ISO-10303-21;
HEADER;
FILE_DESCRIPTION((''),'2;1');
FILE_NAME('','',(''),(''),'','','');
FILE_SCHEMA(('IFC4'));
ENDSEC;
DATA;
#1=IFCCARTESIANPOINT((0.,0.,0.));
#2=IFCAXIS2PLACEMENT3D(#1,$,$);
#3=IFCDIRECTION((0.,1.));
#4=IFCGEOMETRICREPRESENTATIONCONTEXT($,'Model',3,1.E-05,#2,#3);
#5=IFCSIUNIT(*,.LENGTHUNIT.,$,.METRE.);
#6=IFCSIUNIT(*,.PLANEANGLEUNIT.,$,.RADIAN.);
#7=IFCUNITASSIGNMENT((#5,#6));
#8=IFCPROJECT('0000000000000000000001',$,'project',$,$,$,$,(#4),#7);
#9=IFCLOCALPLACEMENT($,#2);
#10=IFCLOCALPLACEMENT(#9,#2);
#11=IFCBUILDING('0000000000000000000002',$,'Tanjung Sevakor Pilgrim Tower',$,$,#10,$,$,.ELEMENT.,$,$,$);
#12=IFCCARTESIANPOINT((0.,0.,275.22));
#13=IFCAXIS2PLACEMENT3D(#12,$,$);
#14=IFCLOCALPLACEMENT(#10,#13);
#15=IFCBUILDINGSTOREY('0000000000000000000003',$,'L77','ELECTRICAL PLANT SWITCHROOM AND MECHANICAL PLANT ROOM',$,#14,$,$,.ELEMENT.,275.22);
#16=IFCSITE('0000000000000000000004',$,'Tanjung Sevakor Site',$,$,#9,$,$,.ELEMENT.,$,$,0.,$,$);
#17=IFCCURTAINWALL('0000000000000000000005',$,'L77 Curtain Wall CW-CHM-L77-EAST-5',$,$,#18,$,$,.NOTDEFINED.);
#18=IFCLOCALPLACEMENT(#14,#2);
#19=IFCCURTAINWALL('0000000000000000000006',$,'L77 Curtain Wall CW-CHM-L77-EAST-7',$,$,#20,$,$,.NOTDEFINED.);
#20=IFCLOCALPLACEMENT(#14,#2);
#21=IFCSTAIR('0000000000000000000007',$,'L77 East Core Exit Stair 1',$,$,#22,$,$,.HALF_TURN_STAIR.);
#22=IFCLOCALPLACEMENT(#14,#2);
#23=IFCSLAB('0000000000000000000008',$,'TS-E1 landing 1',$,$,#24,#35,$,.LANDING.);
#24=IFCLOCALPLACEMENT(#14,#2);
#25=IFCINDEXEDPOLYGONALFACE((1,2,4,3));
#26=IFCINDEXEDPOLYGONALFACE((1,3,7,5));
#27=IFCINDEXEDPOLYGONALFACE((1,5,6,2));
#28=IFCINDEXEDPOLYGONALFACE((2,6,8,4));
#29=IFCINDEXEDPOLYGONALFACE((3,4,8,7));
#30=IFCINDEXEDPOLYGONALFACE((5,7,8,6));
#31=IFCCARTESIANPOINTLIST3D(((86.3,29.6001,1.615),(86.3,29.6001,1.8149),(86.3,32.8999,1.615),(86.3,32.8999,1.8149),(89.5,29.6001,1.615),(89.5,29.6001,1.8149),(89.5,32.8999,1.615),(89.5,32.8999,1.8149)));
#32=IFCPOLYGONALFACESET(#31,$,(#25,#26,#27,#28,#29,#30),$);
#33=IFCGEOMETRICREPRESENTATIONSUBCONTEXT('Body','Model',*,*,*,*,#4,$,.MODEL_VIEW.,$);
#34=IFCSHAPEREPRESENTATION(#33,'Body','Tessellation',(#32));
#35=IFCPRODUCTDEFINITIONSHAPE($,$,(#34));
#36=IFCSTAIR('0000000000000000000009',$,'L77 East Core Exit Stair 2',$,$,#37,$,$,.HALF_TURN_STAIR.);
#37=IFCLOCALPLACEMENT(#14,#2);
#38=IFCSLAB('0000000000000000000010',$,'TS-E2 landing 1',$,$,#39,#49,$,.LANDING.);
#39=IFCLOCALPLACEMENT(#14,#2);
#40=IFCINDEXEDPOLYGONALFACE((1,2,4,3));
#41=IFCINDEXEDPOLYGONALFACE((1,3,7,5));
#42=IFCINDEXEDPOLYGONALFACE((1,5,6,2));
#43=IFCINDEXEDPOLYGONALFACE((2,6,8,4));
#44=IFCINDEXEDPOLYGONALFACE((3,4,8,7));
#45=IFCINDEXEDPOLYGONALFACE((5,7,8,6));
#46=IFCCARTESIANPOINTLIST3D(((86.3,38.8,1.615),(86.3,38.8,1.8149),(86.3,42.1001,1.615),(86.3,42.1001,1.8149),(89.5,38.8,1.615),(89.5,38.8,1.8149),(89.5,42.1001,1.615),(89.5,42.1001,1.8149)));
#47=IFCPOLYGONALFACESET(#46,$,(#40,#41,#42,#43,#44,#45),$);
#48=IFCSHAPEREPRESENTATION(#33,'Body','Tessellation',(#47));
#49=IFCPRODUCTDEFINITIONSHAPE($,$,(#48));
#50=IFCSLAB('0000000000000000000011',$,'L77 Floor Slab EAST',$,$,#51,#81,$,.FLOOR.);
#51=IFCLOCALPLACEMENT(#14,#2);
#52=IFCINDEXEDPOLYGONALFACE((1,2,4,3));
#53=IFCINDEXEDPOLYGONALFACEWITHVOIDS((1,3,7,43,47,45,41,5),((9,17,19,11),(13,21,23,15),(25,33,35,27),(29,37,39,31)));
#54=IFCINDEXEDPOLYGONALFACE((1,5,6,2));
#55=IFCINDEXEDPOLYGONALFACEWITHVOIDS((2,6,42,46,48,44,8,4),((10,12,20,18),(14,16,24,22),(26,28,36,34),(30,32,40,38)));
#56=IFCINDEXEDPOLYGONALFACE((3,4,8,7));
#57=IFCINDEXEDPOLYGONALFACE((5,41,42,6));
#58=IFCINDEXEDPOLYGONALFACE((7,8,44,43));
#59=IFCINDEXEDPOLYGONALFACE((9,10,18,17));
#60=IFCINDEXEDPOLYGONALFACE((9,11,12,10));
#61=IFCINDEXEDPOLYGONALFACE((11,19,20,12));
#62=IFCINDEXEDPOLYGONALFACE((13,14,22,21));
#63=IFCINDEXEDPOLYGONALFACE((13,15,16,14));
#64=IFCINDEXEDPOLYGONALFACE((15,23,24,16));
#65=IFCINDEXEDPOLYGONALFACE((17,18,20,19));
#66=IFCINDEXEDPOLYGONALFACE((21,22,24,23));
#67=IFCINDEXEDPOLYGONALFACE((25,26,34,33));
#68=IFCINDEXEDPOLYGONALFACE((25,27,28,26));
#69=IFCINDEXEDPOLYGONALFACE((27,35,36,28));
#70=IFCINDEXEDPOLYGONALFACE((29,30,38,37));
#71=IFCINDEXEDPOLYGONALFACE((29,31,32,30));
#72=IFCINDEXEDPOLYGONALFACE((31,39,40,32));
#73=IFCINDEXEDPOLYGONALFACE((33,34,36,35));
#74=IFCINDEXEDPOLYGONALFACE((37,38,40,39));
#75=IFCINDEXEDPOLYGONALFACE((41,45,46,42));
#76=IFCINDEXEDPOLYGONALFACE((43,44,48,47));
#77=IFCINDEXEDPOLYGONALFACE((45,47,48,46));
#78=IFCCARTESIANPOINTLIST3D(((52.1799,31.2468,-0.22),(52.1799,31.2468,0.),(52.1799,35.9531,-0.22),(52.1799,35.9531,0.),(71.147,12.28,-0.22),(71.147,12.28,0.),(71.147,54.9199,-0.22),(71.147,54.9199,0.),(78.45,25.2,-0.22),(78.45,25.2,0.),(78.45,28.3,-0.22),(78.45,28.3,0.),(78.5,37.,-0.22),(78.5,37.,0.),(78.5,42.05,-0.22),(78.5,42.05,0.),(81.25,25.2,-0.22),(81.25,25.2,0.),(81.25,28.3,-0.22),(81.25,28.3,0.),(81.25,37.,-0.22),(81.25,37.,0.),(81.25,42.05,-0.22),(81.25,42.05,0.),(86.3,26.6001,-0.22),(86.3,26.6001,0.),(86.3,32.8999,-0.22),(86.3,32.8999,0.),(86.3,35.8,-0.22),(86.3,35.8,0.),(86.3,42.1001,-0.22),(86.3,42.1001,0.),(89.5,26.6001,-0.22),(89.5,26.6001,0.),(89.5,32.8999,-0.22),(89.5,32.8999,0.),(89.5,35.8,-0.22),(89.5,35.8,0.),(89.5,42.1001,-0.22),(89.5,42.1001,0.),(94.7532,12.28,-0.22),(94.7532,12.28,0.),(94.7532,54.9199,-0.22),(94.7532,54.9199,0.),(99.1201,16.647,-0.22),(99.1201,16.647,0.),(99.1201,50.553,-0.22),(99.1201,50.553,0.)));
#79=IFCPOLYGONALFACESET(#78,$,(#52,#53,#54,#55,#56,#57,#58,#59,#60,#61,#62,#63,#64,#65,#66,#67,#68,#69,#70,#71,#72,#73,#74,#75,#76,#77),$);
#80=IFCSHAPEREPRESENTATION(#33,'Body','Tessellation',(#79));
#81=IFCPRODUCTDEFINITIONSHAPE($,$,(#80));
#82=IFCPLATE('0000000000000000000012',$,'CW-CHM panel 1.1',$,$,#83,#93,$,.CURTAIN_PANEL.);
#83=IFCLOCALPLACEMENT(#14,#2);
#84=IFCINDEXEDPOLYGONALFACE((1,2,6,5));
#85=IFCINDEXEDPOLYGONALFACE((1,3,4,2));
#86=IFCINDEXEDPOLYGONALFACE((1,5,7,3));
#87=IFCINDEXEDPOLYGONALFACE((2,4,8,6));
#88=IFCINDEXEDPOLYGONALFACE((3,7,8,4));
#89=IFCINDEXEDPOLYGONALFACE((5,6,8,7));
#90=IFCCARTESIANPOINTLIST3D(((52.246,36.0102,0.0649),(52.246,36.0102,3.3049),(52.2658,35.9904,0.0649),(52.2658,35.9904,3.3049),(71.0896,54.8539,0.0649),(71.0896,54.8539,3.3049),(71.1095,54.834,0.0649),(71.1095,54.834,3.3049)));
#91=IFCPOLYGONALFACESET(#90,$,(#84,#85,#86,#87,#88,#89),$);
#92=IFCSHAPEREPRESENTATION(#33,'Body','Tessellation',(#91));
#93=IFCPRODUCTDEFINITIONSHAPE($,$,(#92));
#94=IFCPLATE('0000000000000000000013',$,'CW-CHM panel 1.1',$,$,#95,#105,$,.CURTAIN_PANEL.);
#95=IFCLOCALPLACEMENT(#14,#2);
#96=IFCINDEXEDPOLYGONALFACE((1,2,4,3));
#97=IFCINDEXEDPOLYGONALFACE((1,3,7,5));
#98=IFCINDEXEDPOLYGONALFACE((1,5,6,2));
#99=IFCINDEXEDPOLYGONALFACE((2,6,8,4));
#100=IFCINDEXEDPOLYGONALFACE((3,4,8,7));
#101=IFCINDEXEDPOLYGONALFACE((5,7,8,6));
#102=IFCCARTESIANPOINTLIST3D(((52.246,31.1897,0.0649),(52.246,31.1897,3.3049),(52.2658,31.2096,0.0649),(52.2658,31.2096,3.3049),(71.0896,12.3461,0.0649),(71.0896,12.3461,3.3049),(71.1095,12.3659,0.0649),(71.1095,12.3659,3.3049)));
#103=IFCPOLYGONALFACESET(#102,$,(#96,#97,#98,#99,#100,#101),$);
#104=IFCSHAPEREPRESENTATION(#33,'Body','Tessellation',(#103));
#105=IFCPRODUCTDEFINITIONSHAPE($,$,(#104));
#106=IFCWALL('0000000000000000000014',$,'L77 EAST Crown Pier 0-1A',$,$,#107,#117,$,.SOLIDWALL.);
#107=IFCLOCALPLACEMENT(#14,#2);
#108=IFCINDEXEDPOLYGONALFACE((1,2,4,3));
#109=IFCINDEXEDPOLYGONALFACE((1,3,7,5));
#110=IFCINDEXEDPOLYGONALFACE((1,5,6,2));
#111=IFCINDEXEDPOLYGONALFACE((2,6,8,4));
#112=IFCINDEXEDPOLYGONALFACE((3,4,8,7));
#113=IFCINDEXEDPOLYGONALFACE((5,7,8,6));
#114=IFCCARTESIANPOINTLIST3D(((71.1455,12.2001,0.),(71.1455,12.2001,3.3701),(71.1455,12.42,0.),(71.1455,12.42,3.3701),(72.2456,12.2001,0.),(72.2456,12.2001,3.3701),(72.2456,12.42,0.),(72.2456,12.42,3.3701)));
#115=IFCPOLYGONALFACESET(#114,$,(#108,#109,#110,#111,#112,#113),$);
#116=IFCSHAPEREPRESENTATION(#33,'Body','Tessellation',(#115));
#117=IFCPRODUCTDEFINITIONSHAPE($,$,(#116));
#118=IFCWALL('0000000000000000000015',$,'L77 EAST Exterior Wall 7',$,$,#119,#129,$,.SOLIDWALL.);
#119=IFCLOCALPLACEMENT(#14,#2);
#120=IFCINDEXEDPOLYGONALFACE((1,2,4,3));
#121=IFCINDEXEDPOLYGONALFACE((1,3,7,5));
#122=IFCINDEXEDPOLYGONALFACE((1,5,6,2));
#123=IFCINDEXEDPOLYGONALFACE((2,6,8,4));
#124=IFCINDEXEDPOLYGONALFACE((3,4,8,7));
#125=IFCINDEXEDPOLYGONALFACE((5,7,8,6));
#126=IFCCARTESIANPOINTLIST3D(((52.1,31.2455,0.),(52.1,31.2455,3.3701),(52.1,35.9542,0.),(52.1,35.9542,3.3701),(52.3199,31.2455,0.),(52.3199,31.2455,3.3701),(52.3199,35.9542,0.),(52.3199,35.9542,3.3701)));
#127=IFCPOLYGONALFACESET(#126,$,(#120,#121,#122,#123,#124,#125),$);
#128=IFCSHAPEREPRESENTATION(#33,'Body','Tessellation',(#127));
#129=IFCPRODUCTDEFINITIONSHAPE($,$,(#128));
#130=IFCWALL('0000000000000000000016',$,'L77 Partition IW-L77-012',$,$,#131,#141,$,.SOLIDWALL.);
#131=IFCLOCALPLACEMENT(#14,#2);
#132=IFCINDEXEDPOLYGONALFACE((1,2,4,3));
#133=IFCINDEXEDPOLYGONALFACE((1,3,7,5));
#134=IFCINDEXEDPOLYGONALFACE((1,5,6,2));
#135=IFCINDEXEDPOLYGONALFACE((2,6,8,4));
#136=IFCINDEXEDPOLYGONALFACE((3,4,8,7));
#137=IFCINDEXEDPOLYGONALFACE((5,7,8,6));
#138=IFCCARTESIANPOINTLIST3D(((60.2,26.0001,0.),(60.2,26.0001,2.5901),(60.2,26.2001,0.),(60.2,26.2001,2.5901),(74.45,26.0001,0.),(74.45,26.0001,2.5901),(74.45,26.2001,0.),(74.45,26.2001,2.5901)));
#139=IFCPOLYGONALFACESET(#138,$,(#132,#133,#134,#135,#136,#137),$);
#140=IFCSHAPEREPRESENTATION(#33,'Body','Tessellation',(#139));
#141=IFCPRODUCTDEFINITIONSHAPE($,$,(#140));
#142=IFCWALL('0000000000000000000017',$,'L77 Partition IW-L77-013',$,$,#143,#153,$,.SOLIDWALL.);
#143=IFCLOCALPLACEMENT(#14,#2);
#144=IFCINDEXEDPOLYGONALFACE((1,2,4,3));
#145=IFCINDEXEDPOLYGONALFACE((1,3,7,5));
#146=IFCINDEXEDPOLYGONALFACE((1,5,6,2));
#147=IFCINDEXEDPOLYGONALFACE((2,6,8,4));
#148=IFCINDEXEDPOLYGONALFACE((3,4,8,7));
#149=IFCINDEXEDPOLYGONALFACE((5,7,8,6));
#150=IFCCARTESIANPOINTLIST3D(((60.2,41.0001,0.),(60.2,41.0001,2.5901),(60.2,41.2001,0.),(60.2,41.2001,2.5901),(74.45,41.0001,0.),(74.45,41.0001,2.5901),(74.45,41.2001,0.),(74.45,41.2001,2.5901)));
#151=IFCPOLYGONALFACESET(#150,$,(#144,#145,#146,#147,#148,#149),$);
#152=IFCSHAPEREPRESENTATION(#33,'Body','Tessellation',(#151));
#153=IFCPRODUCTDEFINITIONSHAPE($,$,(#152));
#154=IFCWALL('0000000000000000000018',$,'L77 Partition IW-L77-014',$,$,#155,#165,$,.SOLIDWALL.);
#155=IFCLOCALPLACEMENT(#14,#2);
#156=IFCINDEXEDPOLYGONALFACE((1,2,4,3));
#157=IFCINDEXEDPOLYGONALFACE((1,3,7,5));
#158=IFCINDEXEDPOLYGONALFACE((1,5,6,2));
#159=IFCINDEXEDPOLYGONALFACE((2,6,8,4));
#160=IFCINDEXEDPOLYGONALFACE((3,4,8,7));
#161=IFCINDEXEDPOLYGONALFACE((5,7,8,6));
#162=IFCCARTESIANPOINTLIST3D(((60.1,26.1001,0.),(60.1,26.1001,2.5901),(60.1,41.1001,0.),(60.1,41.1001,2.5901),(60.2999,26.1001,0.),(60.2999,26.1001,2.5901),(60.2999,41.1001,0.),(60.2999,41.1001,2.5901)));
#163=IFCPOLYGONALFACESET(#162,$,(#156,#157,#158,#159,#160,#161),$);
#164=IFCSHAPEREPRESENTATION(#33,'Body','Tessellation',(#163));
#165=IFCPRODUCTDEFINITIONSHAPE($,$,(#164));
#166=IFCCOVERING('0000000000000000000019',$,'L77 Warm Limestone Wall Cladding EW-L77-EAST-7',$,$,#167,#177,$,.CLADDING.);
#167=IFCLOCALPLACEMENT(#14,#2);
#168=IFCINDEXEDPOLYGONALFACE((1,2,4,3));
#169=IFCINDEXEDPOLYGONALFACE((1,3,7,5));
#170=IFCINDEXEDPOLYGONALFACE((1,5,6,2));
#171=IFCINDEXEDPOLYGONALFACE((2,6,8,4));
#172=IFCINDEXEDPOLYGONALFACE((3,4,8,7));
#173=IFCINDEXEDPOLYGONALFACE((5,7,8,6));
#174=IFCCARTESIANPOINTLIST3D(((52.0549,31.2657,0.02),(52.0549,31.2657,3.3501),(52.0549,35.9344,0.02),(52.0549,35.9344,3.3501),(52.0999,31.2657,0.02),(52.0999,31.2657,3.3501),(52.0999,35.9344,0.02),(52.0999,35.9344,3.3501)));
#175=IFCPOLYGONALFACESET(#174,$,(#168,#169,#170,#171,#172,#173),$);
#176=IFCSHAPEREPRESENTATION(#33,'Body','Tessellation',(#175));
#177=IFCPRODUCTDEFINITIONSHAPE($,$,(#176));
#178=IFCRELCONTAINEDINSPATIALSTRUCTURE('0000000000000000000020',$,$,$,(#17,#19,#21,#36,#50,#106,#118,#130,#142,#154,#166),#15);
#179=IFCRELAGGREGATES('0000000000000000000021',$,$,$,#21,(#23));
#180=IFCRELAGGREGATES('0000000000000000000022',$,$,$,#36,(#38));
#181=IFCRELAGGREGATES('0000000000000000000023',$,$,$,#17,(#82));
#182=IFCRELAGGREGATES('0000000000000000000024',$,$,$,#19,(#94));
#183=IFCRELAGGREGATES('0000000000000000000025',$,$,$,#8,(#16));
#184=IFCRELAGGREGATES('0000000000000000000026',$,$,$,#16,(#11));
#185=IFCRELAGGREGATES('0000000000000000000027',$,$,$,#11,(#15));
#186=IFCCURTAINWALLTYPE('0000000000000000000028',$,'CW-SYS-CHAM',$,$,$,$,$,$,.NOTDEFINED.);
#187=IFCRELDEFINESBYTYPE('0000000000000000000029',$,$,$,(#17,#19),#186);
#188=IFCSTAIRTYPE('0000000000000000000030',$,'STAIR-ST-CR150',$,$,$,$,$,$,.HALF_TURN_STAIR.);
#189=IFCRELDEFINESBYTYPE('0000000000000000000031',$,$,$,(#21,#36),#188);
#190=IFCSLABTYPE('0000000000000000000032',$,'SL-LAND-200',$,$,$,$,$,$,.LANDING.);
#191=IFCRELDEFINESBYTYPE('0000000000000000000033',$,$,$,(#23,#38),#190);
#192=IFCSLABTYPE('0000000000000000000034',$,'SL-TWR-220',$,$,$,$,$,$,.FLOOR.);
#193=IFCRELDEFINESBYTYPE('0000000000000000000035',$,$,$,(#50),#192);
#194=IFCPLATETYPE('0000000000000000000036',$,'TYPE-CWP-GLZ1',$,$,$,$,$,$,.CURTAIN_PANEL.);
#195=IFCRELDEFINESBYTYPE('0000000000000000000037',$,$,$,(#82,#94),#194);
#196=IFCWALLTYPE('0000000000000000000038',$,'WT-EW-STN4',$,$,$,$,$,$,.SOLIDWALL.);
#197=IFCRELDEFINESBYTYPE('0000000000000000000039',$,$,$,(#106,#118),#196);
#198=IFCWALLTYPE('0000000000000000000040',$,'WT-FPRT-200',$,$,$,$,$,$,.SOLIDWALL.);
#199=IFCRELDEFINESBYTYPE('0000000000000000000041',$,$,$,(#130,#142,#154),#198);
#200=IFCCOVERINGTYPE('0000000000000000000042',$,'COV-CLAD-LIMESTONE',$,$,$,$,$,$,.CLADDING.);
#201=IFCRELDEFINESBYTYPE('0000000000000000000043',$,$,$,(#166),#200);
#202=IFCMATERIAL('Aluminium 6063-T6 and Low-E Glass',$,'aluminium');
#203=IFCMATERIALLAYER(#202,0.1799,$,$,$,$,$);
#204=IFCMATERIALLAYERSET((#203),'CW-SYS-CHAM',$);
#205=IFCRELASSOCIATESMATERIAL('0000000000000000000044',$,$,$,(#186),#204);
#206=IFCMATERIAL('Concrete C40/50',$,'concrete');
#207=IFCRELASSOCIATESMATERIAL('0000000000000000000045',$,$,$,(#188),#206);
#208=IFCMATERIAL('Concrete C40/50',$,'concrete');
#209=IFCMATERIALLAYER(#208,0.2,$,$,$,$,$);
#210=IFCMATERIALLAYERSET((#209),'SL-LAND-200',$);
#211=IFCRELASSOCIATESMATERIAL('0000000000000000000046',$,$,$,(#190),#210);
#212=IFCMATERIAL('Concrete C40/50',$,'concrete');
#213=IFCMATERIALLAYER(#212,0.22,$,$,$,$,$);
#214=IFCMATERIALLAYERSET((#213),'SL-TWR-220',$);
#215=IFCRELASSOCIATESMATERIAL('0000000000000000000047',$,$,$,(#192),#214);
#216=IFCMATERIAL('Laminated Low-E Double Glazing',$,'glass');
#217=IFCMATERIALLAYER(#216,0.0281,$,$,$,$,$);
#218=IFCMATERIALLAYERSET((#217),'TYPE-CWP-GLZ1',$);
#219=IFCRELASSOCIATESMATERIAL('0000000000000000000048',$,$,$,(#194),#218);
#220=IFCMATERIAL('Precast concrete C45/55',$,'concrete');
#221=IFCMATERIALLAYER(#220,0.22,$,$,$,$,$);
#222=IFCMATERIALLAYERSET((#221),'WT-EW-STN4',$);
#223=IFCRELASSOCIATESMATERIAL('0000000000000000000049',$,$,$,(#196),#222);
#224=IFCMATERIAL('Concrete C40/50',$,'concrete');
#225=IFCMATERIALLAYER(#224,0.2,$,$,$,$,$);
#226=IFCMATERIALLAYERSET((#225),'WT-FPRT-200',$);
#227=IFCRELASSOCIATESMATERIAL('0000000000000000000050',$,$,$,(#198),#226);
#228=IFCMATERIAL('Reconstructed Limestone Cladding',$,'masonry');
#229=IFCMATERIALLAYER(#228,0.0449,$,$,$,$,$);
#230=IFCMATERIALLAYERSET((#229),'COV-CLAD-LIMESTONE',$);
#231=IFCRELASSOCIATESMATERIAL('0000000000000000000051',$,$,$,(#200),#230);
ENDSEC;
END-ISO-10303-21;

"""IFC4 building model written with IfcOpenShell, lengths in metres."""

from ifc_helpers import new_model, si_unit, direction, frame, frame_2d, origin, origin_2d, place, context, subcontext, project, spatial, polyline, rectangle, outline, extrude, material, layer, layer_set, type_object, element, aggregate, save


model = new_model("IFC4")

# Units and contexts
model_context = context("Model", 3, precision=1e-05, world=origin(), true_north=direction((0.0, 1.0)))
body_context = subcontext(model_context, "Body", "Model", "MODEL_VIEW")
ifc_project = project(units=[si_unit("LENGTHUNIT", "METRE"), si_unit("PLANEANGLEUNIT", "RADIAN")], contexts=[model_context])

# Site, building, storey
site_placement = place(None, origin())
site = spatial("IfcSite", under=ifc_project, at=site_placement, Name="Tanjung Sevakor Site", CompositionType="ELEMENT", RefElevation=0.0)
building_placement = place(site_placement, origin())
building = spatial("IfcBuilding", under=site, at=building_placement, Name="Tanjung Sevakor Pilgrim Tower", CompositionType="ELEMENT")
storey_placement = place(building_placement, frame((0.0, 0.0, 275.22)))
storey = spatial("IfcBuildingStorey", under=building, at=storey_placement, Name="L77", Description="ELECTRICAL PLANT SWITCHROOM AND MECHANICAL PLANT ROOM", CompositionType="ELEMENT", Elevation=275.22)

# Curtain walls
ifc_material_1 = material(Name="Aluminium 6063-T6 and Low-E Glass", Category="aluminium")
ifc_layer_1 = layer(ifc_material_1, 0.1799)
ifc_layer_set_1 = layer_set([ifc_layer_1], Name="CW-SYS-CHAM")
curtain_wall_type = type_object("IfcCurtainWallType", Name="CW-SYS-CHAM", PredefinedType="NOTDEFINED", material=ifc_layer_set_1)
curtain_wall_1_placement = place(storey_placement, origin())
curtain_wall_1 = element("IfcCurtainWall", 1, at=curtain_wall_1_placement, inside=storey, type_object=curtain_wall_type, Name="L77 Curtain Wall CW-CHM-L77-EAST-5", PredefinedType="NOTDEFINED")
curtain_wall_2_placement = place(storey_placement, origin())
curtain_wall_2 = element("IfcCurtainWall", 2, at=curtain_wall_2_placement, inside=storey, type_object=curtain_wall_type, Name="L77 Curtain Wall CW-CHM-L77-EAST-7", PredefinedType="NOTDEFINED")

# Stairs, slabs
ifc_material_2 = material(Name="Concrete C40/50", Category="concrete")
stair_type = type_object("IfcStairType", Name="STAIR-ST-CR150", PredefinedType="HALF_TURN_STAIR", material=ifc_material_2)
stair_1_placement = place(storey_placement, origin())
stair_1 = element("IfcStair", 3, at=stair_1_placement, inside=storey, type_object=stair_type, Name="L77 East Core Exit Stair 1", PredefinedType="HALF_TURN_STAIR")
ifc_material_3 = material(Name="Concrete C40/50", Category="concrete")
ifc_layer_2 = layer(ifc_material_3, 0.2)
ifc_layer_set_2 = layer_set([ifc_layer_2], Name="SL-LAND-200")
slab_type_1 = type_object("IfcSlabType", Name="SL-LAND-200", PredefinedType="LANDING", material=ifc_layer_set_2)
slab_1_placement = place(storey_placement, frame((0.0, 0.0, 1.615)))
slab_1 = element("IfcSlab", 4, at=slab_1_placement, type_object=slab_type_1, Name="TS-E1 landing 1", PredefinedType="LANDING", context=body_context, shape_type="SweptSolid", body=[
    extrude(outline(polyline([(89.5, 29.6001), (89.5, 32.8999), (86.3, 32.8999), (86.3, 29.6001), (89.5, 29.6001)])), origin(), (0.0, 0.0, 1.0), 0.2),
])
aggregate(stair_1, [slab_1])
stair_2_placement = place(storey_placement, origin())
stair_2 = element("IfcStair", 5, at=stair_2_placement, inside=storey, type_object=stair_type, Name="L77 East Core Exit Stair 2", PredefinedType="HALF_TURN_STAIR")
slab_2_placement = place(storey_placement, frame((0.0, 0.0, 1.615)))
slab_2 = element("IfcSlab", 6, at=slab_2_placement, type_object=slab_type_1, Name="TS-E2 landing 1", PredefinedType="LANDING", context=body_context, shape_type="SweptSolid", body=[
    extrude(outline(polyline([(89.5, 38.8), (89.5, 42.1001), (86.3, 42.1001), (86.3, 38.8), (89.5, 38.8)])), origin(), (0.0, 0.0, 1.0), 0.2),
])
aggregate(stair_2, [slab_2])

# Slab
ifc_material_4 = material(Name="Concrete C40/50", Category="concrete")
ifc_layer_3 = layer(ifc_material_4, 0.22)
ifc_layer_set_3 = layer_set([ifc_layer_3], Name="SL-TWR-220")
slab_type_2 = type_object("IfcSlabType", Name="SL-TWR-220", PredefinedType="FLOOR", material=ifc_layer_set_3)
slab_3_placement = place(storey_placement, frame((0.0, 0.0, -0.22)))
element("IfcSlab", 7, at=slab_3_placement, inside=storey, type_object=slab_type_2, Name="L77 Floor Slab EAST", PredefinedType="FLOOR", context=body_context, shape_type="SweptSolid", body=[
    extrude(outline(polyline([(71.147, 12.28), (94.7532, 12.28), (99.1201, 16.647), (99.1201, 50.553), (94.7532, 54.9199), (71.147, 54.9199), (52.1799, 35.9531), (52.1799, 31.2468), (71.147, 12.28)]), holes=[polyline([(89.5, 26.6001), (89.5, 32.8999), (86.3, 32.8999), (86.3, 26.6001), (89.5, 26.6001)]), polyline([(89.5, 35.8), (89.5, 42.1001), (86.3, 42.1001), (86.3, 35.8), (89.5, 35.8)]), polyline([(78.45, 25.2), (81.25, 25.2), (81.25, 28.3), (78.45, 28.3), (78.45, 25.2)]), polyline([(78.5, 37.0), (81.25, 37.0), (81.25, 42.05), (78.5, 42.05), (78.5, 37.0)])]), origin(), (0.0, 0.0, 1.0), 0.22),
])

# Plates
ifc_material_5 = material(Name="Laminated Low-E Double Glazing", Category="glass")
ifc_layer_4 = layer(ifc_material_5, 0.0281)
ifc_layer_set_4 = layer_set([ifc_layer_4], Name="TYPE-CWP-GLZ1")
plate_type = type_object("IfcPlateType", Name="TYPE-CWP-GLZ1", PredefinedType="CURTAIN_PANEL", material=ifc_layer_set_4)
plate_1_placement = place(storey_placement, frame((61.6777, 45.4221, 0.0649), z_axis=(0.0, 0.0, 1.0), x_axis=(-0.707107, -0.707107, 0.0)))
plate_1 = element("IfcPlate", 8, at=plate_1_placement, type_object=plate_type, Name="CW-CHM panel 1.1", PredefinedType="CURTAIN_PANEL", context=body_context, shape_type="SweptSolid", body=[
    extrude(rectangle(XDim=26.6489, YDim=0.0281, at=origin_2d()), origin(), (0.0, 0.0, 1.0), 3.24),
])
aggregate(curtain_wall_1, [plate_1])
plate_2_placement = place(storey_placement, frame((61.6777, 21.7778, 0.0649), z_axis=(0.0, 0.0, 1.0), x_axis=(0.707107, -0.707107, 0.0)))
plate_2 = element("IfcPlate", 9, at=plate_2_placement, type_object=plate_type, Name="CW-CHM panel 1.1", PredefinedType="CURTAIN_PANEL", context=body_context, shape_type="SweptSolid", body=[
    extrude(rectangle(XDim=26.6489, YDim=0.0281, at=origin_2d()), origin(), (0.0, 0.0, 1.0), 3.24),
])
aggregate(curtain_wall_2, [plate_2])

# Walls
ifc_material_6 = material(Name="Precast concrete C45/55", Category="concrete")
ifc_layer_5 = layer(ifc_material_6, 0.22)
ifc_layer_set_5 = layer_set([ifc_layer_5], Name="WT-EW-STN4")
wall_type_1 = type_object("IfcWallType", Name="WT-EW-STN4", PredefinedType="SOLIDWALL", material=ifc_layer_set_5)
wall_1_placement = place(storey_placement, frame((71.1455, 12.3101, 0.0), z_axis=(0.0, 0.0, 1.0), x_axis=(1.0, 0.0, 0.0)))
element("IfcWall", 10, at=wall_1_placement, inside=storey, type_object=wall_type_1, Name="L77 EAST Crown Pier 0-1A", PredefinedType="SOLIDWALL", context=body_context, shape_type="SweptSolid", body=[
    extrude(rectangle(XDim=1.1001, YDim=0.22, at=frame_2d((0.55, 0.0))), origin(), (0.0, 0.0, 1.0), 3.3701),
])
wall_2_placement = place(storey_placement, frame((52.21, 35.9543, 0.0), z_axis=(0.0, 0.0, 1.0), x_axis=(0.0, -1.0, 0.0)))
element("IfcWall", 11, at=wall_2_placement, inside=storey, type_object=wall_type_1, Name="L77 EAST Exterior Wall 7", PredefinedType="SOLIDWALL", context=body_context, shape_type="SweptSolid", body=[
    extrude(rectangle(XDim=4.7087, YDim=0.22, at=frame_2d((2.3545, 0.0))), origin(), (0.0, 0.0, 1.0), 3.3701),
])
ifc_material_7 = material(Name="Concrete C40/50", Category="concrete")
ifc_layer_6 = layer(ifc_material_7, 0.2)
ifc_layer_set_6 = layer_set([ifc_layer_6], Name="WT-FPRT-200")
wall_type_2 = type_object("IfcWallType", Name="WT-FPRT-200", PredefinedType="SOLIDWALL", material=ifc_layer_set_6)
for number, where, z_axis, x_axis, name in (
    (12, (60.2, 26.1001, 0.0), (0.0, 0.0, 1.0), (1.0, 0.0, 0.0), "L77 Partition IW-L77-012"),
    (13, (60.2, 41.1001, 0.0), (0.0, 0.0, 1.0), (1.0, 0.0, 0.0), "L77 Partition IW-L77-013"),
):
    element("IfcWall", number, at=place(storey_placement, frame(where, z_axis=z_axis, x_axis=x_axis)), inside=storey, type_object=wall_type_2, Name=name, PredefinedType="SOLIDWALL", context=body_context, shape_type="SweptSolid", body=[
        extrude(rectangle(XDim=14.25, YDim=0.2, at=frame_2d((7.125, 0.0))), origin(), (0.0, 0.0, 1.0), 2.5901),
    ])
wall_3_placement = place(storey_placement, frame((60.2, 26.1001, 0.0), z_axis=(0.0, 0.0, 1.0), x_axis=(0.0, 1.0, 0.0)))
element("IfcWall", 14, at=wall_3_placement, inside=storey, type_object=wall_type_2, Name="L77 Partition IW-L77-014", PredefinedType="SOLIDWALL", context=body_context, shape_type="SweptSolid", body=[
    extrude(rectangle(XDim=15.0, YDim=0.2, at=frame_2d((7.5, 0.0))), origin(), (0.0, 0.0, 1.0), 2.5901),
])

# Covering
ifc_material_8 = material(Name="Reconstructed Limestone Cladding", Category="masonry")
ifc_layer_7 = layer(ifc_material_8, 0.0449)
ifc_layer_set_7 = layer_set([ifc_layer_7], Name="COV-CLAD-LIMESTONE")
covering_type = type_object("IfcCoveringType", Name="COV-CLAD-LIMESTONE", PredefinedType="CLADDING", material=ifc_layer_set_7)
covering_placement = place(storey_placement, frame((52.0774, 33.6001, 0.02), z_axis=(0.0, 0.0, 1.0), x_axis=(0.0, -1.0, 0.0)))
element("IfcCovering", 15, at=covering_placement, inside=storey, type_object=covering_type, Name="L77 Warm Limestone Wall Cladding EW-L77-EAST-7", PredefinedType="CLADDING", context=body_context, shape_type="SweptSolid", body=[
    extrude(rectangle(XDim=4.6687, YDim=0.0449, at=origin_2d()), origin(), (0.0, 0.0, 1.0), 3.3301),
])

save(model, "model.ifc")
